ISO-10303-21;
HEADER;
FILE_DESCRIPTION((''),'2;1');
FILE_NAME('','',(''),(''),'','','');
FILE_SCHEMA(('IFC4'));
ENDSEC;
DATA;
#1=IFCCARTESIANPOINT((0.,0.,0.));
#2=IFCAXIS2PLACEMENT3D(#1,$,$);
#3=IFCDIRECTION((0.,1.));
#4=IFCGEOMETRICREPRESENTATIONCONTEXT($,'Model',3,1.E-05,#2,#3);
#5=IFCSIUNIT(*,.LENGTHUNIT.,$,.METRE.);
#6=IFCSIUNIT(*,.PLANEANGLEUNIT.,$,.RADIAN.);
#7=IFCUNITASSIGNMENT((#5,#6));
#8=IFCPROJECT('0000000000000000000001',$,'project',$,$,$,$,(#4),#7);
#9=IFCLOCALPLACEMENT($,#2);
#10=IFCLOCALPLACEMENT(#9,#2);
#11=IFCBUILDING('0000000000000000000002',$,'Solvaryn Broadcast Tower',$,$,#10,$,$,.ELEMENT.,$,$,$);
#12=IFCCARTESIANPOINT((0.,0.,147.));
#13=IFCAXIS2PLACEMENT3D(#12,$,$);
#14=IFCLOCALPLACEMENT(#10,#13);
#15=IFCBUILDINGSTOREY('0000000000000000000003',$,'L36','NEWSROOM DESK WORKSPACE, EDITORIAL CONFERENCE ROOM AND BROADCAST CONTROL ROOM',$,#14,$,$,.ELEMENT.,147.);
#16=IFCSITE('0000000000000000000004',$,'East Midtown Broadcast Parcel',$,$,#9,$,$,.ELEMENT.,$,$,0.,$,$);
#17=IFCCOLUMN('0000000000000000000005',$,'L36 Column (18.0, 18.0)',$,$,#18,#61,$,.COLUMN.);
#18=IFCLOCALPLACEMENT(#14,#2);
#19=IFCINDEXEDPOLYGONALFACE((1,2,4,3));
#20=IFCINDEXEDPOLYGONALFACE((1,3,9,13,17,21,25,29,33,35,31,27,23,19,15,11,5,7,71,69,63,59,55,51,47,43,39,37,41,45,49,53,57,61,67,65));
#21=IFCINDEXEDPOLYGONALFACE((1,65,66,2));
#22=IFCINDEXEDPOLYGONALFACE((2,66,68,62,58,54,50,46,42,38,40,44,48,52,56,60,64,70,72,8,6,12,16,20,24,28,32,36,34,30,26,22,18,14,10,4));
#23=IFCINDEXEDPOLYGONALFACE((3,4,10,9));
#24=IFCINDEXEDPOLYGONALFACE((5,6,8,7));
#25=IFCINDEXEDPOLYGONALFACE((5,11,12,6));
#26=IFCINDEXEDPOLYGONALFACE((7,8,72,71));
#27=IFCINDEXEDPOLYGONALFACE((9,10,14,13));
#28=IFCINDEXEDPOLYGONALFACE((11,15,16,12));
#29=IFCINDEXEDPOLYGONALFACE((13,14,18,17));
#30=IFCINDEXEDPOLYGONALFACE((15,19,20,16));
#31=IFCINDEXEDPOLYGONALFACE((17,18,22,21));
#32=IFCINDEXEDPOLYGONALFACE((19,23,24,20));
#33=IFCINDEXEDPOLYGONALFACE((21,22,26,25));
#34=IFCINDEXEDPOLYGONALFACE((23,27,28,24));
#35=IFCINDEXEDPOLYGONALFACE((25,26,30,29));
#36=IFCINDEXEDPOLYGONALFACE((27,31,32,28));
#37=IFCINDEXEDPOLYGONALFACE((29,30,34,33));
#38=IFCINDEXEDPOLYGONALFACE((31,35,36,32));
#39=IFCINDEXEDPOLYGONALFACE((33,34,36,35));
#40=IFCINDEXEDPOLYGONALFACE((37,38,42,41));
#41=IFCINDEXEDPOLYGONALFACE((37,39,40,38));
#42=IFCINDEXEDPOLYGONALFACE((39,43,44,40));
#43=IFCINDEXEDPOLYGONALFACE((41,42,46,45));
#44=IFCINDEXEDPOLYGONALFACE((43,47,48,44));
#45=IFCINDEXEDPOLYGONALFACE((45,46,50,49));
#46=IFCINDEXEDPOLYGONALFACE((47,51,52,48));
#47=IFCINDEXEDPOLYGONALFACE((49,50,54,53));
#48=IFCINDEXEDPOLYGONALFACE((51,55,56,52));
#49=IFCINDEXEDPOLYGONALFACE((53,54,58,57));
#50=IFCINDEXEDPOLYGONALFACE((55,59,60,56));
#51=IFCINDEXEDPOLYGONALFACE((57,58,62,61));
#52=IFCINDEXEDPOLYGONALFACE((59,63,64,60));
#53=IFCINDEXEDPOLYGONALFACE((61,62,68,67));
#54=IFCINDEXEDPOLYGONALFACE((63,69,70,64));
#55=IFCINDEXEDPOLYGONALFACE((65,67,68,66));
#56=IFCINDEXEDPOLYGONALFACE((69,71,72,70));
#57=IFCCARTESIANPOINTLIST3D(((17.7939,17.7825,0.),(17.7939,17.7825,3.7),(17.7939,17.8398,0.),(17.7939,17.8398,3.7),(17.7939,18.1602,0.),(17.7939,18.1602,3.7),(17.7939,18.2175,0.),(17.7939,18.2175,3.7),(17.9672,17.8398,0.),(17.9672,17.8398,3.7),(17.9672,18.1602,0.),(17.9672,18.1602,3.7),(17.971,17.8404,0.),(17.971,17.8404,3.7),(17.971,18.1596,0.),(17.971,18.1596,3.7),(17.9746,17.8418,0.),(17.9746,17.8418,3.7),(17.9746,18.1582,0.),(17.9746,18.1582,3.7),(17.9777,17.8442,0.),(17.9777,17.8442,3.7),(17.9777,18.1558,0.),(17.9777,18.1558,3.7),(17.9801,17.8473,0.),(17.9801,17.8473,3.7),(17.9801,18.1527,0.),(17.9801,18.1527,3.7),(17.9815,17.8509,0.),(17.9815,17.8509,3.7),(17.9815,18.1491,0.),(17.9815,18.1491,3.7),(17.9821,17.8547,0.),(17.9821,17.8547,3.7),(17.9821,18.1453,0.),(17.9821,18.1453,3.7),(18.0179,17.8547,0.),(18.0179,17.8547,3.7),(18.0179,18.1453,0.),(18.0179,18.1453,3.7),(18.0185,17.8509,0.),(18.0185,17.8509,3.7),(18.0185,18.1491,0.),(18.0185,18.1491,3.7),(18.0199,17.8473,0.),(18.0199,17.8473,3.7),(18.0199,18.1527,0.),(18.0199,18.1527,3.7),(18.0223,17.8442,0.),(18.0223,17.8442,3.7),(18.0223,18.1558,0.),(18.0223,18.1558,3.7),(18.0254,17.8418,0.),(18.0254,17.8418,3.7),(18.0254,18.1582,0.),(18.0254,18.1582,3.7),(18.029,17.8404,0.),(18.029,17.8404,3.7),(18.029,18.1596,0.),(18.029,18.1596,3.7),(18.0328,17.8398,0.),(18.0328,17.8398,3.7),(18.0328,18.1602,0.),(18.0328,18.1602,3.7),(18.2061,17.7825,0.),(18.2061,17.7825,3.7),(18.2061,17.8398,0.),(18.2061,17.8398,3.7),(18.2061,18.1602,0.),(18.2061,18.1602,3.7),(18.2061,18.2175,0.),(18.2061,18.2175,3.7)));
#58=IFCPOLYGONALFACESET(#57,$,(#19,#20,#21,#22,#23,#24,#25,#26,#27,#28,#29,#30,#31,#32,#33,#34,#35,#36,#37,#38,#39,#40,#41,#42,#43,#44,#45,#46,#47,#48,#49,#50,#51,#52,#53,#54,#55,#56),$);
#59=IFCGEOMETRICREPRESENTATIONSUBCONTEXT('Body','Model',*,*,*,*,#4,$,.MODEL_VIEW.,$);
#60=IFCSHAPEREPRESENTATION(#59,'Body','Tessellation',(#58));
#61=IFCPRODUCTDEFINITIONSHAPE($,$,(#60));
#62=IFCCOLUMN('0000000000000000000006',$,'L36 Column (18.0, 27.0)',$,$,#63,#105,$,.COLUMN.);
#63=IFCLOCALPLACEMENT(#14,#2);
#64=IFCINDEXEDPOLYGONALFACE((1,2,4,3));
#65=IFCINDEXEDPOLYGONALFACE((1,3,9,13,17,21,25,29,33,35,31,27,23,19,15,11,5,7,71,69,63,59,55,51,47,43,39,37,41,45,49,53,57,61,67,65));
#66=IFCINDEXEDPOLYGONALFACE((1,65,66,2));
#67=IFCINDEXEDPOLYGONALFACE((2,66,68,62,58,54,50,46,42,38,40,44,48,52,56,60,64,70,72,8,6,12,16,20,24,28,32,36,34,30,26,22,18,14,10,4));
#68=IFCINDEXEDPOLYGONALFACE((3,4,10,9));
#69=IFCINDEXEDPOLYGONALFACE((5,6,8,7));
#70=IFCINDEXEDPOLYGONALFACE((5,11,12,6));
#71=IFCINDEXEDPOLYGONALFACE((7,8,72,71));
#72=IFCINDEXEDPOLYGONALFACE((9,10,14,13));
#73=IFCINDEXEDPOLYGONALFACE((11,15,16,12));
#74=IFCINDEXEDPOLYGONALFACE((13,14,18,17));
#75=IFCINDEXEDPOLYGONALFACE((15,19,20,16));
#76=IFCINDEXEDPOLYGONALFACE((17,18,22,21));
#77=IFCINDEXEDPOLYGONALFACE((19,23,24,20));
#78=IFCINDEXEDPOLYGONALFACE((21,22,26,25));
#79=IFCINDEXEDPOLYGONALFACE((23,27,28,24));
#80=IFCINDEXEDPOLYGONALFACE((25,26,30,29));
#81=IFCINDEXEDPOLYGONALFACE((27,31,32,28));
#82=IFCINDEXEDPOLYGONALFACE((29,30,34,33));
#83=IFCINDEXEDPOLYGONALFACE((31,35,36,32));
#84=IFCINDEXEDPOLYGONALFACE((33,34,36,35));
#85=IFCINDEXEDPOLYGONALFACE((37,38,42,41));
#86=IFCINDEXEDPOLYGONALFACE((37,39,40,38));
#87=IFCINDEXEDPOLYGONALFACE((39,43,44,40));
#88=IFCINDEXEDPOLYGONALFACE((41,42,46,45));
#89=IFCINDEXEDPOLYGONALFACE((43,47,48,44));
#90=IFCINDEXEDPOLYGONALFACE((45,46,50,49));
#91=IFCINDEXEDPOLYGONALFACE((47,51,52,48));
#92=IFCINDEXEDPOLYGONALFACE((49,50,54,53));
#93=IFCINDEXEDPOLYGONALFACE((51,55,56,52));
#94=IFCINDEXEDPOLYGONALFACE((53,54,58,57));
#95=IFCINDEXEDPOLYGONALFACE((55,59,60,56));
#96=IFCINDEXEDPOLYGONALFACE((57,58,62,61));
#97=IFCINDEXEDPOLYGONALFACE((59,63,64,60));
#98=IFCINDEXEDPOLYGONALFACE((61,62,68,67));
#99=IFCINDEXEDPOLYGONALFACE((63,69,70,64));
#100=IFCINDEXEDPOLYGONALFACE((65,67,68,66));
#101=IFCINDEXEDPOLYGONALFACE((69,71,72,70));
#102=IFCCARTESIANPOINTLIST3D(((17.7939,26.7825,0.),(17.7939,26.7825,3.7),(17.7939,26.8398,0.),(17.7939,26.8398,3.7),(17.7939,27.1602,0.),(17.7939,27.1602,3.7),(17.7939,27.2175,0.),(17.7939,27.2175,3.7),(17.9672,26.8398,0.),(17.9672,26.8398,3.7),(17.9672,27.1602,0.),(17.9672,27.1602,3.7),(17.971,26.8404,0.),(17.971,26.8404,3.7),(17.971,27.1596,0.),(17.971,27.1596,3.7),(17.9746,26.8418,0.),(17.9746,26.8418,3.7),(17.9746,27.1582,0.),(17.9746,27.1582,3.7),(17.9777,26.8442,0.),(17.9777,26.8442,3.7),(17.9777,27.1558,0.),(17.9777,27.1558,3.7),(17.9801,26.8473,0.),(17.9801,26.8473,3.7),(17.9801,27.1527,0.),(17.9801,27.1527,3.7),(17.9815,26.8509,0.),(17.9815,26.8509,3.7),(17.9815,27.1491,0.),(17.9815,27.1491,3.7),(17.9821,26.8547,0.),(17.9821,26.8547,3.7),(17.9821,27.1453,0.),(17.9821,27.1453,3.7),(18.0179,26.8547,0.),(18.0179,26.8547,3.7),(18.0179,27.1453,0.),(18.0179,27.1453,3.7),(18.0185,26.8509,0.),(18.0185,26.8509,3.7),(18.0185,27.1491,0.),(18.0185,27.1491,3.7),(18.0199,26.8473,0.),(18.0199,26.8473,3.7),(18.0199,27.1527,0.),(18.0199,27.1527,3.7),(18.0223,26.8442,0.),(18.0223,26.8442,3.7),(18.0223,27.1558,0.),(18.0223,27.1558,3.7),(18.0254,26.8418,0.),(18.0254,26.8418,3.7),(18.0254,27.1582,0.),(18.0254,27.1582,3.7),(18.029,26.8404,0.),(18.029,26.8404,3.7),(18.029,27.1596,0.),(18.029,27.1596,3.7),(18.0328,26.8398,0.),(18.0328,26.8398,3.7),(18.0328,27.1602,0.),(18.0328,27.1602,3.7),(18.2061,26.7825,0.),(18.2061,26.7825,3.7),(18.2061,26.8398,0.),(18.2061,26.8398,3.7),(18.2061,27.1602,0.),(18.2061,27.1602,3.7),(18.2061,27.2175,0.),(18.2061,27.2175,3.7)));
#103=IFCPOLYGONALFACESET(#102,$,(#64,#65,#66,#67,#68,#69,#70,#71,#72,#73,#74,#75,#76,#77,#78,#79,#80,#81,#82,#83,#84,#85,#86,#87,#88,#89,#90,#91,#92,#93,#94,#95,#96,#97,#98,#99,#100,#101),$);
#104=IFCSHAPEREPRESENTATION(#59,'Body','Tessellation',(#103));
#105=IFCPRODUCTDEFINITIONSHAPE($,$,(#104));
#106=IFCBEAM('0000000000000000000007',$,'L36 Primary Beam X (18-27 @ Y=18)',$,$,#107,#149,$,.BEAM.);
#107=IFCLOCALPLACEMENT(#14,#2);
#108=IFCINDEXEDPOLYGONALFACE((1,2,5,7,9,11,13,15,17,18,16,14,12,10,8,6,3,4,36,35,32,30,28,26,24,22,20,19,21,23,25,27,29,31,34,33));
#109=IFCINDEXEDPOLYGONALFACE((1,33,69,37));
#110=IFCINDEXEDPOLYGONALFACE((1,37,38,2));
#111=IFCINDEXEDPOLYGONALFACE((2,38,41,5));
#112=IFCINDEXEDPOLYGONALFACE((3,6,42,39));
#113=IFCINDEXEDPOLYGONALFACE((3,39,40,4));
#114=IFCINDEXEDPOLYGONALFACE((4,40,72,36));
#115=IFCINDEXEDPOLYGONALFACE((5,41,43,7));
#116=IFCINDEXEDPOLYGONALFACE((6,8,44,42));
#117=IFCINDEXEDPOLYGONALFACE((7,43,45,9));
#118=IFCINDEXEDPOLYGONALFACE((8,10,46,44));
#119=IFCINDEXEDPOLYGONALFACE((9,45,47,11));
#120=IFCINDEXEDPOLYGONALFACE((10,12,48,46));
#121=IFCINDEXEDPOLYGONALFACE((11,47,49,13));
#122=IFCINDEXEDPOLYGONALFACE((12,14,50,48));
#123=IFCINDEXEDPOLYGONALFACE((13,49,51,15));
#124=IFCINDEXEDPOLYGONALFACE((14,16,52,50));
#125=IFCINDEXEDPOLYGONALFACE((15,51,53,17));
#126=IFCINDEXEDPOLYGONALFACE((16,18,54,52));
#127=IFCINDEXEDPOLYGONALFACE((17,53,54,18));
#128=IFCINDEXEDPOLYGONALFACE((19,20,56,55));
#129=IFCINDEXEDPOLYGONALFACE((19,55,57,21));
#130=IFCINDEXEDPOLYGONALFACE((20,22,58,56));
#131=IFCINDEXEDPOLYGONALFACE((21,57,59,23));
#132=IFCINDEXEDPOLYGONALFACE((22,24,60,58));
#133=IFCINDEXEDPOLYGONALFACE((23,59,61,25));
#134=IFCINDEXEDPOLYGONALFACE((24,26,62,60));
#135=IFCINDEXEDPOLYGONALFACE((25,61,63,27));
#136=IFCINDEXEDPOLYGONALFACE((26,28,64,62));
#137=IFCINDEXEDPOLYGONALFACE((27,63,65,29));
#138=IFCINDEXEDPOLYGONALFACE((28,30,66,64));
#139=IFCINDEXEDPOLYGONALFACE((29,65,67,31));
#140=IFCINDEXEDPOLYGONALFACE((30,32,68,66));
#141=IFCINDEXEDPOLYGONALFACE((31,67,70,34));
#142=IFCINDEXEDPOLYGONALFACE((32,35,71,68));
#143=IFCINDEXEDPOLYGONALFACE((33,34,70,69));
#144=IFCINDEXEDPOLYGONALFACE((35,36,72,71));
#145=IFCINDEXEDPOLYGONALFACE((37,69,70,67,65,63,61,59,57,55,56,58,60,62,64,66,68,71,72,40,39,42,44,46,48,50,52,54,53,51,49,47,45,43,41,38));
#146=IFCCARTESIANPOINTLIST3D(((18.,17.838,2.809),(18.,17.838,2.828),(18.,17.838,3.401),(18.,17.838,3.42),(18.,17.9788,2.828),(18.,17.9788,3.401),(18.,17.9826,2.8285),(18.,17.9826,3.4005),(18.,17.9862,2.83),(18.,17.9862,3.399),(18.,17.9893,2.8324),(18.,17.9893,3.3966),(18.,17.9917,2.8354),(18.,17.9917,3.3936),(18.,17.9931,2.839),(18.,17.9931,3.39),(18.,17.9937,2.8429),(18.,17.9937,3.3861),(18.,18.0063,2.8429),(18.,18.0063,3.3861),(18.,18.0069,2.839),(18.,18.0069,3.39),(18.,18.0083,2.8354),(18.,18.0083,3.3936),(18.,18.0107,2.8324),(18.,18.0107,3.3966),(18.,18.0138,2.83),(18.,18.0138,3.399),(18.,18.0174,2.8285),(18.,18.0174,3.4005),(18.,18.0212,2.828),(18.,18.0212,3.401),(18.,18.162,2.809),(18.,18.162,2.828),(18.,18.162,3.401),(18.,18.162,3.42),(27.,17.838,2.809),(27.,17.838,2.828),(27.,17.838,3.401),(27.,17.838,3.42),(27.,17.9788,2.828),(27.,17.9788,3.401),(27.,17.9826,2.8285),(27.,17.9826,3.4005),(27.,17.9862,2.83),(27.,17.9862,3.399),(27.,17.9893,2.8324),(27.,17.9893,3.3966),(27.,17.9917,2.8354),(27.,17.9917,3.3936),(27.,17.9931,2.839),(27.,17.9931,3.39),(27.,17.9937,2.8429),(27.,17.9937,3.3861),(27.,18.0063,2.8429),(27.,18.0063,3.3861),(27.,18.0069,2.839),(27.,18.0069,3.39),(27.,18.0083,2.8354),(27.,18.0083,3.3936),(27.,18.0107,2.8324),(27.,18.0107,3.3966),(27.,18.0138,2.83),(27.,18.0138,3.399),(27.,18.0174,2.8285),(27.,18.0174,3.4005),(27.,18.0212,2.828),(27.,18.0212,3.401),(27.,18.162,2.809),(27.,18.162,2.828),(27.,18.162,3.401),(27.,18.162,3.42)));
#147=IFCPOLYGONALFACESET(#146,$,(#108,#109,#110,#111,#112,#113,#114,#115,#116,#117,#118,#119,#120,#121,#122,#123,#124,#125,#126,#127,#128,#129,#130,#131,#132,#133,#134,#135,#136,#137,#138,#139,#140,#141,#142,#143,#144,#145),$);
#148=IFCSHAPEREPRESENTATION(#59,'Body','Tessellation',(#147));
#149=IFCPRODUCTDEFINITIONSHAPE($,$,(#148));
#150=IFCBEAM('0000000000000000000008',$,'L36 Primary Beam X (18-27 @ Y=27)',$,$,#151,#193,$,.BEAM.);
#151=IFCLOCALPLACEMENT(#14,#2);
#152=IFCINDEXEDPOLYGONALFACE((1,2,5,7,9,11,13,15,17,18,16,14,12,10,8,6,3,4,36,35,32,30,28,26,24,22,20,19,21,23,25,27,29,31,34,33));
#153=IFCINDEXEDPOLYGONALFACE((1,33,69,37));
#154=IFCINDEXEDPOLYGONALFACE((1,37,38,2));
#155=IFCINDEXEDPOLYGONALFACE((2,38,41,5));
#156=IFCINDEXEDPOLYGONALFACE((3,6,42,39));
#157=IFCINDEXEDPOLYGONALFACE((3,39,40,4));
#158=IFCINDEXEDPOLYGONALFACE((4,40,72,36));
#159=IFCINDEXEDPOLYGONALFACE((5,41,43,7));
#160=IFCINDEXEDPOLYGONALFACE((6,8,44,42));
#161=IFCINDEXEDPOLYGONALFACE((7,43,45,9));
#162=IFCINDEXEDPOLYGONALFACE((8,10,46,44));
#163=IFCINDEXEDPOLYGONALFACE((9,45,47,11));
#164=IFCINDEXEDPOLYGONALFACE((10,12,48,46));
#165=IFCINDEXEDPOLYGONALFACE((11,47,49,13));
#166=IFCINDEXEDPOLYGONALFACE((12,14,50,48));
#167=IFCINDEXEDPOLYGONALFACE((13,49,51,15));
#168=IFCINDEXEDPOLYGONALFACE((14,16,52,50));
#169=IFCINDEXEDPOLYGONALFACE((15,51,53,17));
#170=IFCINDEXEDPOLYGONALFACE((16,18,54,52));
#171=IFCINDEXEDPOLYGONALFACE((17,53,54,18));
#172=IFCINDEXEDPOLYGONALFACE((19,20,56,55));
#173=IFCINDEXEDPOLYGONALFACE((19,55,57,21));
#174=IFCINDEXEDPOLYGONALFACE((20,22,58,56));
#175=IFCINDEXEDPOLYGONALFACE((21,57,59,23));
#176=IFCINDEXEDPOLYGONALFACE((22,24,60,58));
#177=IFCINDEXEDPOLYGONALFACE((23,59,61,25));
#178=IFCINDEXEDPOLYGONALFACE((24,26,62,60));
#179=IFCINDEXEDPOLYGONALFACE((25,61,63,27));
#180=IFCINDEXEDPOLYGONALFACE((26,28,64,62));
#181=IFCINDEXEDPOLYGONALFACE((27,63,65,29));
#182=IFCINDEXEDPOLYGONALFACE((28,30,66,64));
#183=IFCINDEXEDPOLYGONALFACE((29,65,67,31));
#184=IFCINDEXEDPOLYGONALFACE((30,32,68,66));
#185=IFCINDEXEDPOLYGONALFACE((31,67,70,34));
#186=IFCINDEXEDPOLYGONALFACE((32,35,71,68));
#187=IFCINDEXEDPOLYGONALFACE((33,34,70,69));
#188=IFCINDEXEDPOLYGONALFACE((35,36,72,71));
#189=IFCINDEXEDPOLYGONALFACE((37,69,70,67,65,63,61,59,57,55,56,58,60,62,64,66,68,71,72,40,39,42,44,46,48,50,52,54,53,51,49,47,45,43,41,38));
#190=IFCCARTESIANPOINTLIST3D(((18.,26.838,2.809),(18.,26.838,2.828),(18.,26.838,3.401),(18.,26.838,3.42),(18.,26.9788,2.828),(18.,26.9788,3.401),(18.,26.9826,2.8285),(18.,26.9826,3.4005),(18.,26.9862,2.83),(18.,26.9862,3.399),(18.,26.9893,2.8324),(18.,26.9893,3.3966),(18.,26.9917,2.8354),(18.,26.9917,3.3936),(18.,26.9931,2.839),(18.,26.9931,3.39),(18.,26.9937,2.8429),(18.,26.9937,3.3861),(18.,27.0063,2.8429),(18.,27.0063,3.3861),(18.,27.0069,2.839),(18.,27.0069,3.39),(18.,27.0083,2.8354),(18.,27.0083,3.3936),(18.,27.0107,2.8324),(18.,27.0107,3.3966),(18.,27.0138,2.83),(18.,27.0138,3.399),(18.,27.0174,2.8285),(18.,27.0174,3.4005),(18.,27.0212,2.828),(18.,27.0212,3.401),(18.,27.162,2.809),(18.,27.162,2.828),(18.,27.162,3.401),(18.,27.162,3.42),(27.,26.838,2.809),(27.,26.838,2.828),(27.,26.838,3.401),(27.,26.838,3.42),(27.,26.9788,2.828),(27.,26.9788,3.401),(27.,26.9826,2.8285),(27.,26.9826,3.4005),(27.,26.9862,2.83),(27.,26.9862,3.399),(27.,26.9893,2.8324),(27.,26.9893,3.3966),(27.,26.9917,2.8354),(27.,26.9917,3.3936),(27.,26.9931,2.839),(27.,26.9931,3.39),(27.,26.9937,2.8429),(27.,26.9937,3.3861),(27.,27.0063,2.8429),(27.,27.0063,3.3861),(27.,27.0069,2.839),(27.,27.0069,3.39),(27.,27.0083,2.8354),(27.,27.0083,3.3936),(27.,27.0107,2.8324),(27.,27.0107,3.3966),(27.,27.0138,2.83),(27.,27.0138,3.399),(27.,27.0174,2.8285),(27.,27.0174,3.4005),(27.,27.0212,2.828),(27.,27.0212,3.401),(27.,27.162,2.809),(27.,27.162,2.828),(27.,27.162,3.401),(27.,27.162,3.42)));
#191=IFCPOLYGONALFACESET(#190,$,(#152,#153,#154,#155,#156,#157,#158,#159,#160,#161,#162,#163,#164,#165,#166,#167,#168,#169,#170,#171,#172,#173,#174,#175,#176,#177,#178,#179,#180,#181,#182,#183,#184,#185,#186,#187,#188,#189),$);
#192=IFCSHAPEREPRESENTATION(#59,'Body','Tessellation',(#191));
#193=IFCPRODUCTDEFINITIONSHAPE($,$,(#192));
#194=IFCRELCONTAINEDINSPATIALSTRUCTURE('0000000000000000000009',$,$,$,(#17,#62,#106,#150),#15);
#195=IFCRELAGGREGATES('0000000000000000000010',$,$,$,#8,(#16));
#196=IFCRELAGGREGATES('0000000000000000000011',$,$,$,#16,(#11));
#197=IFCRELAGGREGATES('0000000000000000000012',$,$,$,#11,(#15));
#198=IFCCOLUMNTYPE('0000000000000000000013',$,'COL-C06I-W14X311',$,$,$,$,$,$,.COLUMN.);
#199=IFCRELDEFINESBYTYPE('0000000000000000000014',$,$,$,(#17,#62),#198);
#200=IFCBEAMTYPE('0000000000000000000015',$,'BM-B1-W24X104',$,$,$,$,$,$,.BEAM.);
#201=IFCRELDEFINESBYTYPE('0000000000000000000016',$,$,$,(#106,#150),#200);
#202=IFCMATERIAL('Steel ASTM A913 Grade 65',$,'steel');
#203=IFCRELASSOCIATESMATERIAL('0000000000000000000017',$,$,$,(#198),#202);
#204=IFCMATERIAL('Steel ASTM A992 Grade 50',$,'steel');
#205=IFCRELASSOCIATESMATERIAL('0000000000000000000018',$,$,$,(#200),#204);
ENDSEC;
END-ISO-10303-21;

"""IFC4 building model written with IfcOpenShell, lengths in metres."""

from ifc_helpers import new_model, si_unit, direction, frame, origin, origin_2d, place, context, subcontext, project, spatial, i_section, extrude, material, material_profile, profile_set, type_object, element, save


model = new_model("IFC4")

# Units and contexts
model_context = context("Model", 3, precision=1e-05, world=origin(), true_north=direction((0.0, 1.0)))
body_context = subcontext(model_context, "Body", "Model", "MODEL_VIEW")
ifc_project = project(units=[si_unit("LENGTHUNIT", "METRE"), si_unit("PLANEANGLEUNIT", "RADIAN")], contexts=[model_context])

# Site, building, storey
site_placement = place(None, origin())
site = spatial("IfcSite", under=ifc_project, at=site_placement, Name="East Midtown Broadcast Parcel", CompositionType="ELEMENT", RefElevation=0.0)
building_placement = place(site_placement, origin())
building = spatial("IfcBuilding", under=site, at=building_placement, Name="Solvaryn Broadcast Tower", CompositionType="ELEMENT")
storey_placement = place(building_placement, frame((0.0, 0.0, 147.0)))
storey = spatial("IfcBuildingStorey", under=building, at=storey_placement, Name="L36", Description="NEWSROOM DESK WORKSPACE, EDITORIAL CONFERENCE ROOM AND BROADCAST CONTROL ROOM", CompositionType="ELEMENT", Elevation=147.0)

# Columns
ifc_material_1 = material(Name="Steel ASTM A913 Grade 65", Category="steel")
ifc_material_profile_1 = material_profile(ifc_material_1, i_section(OverallWidth=0.4121, OverallDepth=0.4351, WebThickness=0.0359, FlangeThickness=0.0574, FilletRadius=0.0149, at=origin_2d()))
ifc_profile_set_1 = profile_set([ifc_material_profile_1], Name="Steel ASTM A913 Grade 65")
column_type = type_object("IfcColumnType", Name="COL-C06I-W14X311", PredefinedType="COLUMN", material=ifc_profile_set_1)
for number, where, z_axis, x_axis, name in (
    (1, (18.0, 18.0, 0.0), (0.0, 0.0, 1.0), (1.0, 0.0, 0.0), "L36 Column (18.0, 18.0)"),
    (2, (18.0, 27.0, 0.0), (0.0, 0.0, 1.0), (1.0, 0.0, 0.0), "L36 Column (18.0, 27.0)"),
):
    element("IfcColumn", number, at=place(storey_placement, frame(where, z_axis=z_axis, x_axis=x_axis)), inside=storey, type_object=column_type, Name=name, PredefinedType="COLUMN", context=body_context, shape_type="SweptSolid", body=[
        extrude(i_section(OverallWidth=0.4121, OverallDepth=0.4351, WebThickness=0.0359, FlangeThickness=0.0574, FilletRadius=0.0149, at=origin_2d()), origin(), (0.0, 0.0, 1.0), 3.7),
    ])

# Beams
ifc_material_2 = material(Name="Steel ASTM A992 Grade 50", Category="steel")
ifc_material_profile_2 = material_profile(ifc_material_2, i_section(OverallWidth=0.324, OverallDepth=0.6111, WebThickness=0.0127, FlangeThickness=0.019, FilletRadius=0.0149, at=origin_2d()))
ifc_profile_set_2 = profile_set([ifc_material_profile_2], Name="Steel ASTM A992 Grade 50")
beam_type_1 = type_object("IfcBeamType", Name="BM-B1-W24X104", PredefinedType="BEAM", material=ifc_profile_set_2)
for number, where, z_axis, x_axis, name in (
    (3, (18.0, 18.0, 3.1145), (1.0, 0.0, 0.0), (0.0, 1.0, 0.0), "L36 Primary Beam X (18-27 @ Y=18)"),
    (4, (18.0, 27.0, 3.1145), (1.0, 0.0, 0.0), (0.0, 1.0, 0.0), "L36 Primary Beam X (18-27 @ Y=27)"),
):
    element("IfcBeam", number, at=place(storey_placement, frame(where, z_axis=z_axis, x_axis=x_axis)), inside=storey, type_object=beam_type_1, Name=name, PredefinedType="BEAM", context=body_context, shape_type="SweptSolid", body=[
        extrude(i_section(OverallWidth=0.324, OverallDepth=0.6111, WebThickness=0.0127, FlangeThickness=0.019, FilletRadius=0.0149, at=origin_2d()), origin(), (0.0, 0.0, 1.0), 9.0),
    ])

save(model, "model.ifc")
